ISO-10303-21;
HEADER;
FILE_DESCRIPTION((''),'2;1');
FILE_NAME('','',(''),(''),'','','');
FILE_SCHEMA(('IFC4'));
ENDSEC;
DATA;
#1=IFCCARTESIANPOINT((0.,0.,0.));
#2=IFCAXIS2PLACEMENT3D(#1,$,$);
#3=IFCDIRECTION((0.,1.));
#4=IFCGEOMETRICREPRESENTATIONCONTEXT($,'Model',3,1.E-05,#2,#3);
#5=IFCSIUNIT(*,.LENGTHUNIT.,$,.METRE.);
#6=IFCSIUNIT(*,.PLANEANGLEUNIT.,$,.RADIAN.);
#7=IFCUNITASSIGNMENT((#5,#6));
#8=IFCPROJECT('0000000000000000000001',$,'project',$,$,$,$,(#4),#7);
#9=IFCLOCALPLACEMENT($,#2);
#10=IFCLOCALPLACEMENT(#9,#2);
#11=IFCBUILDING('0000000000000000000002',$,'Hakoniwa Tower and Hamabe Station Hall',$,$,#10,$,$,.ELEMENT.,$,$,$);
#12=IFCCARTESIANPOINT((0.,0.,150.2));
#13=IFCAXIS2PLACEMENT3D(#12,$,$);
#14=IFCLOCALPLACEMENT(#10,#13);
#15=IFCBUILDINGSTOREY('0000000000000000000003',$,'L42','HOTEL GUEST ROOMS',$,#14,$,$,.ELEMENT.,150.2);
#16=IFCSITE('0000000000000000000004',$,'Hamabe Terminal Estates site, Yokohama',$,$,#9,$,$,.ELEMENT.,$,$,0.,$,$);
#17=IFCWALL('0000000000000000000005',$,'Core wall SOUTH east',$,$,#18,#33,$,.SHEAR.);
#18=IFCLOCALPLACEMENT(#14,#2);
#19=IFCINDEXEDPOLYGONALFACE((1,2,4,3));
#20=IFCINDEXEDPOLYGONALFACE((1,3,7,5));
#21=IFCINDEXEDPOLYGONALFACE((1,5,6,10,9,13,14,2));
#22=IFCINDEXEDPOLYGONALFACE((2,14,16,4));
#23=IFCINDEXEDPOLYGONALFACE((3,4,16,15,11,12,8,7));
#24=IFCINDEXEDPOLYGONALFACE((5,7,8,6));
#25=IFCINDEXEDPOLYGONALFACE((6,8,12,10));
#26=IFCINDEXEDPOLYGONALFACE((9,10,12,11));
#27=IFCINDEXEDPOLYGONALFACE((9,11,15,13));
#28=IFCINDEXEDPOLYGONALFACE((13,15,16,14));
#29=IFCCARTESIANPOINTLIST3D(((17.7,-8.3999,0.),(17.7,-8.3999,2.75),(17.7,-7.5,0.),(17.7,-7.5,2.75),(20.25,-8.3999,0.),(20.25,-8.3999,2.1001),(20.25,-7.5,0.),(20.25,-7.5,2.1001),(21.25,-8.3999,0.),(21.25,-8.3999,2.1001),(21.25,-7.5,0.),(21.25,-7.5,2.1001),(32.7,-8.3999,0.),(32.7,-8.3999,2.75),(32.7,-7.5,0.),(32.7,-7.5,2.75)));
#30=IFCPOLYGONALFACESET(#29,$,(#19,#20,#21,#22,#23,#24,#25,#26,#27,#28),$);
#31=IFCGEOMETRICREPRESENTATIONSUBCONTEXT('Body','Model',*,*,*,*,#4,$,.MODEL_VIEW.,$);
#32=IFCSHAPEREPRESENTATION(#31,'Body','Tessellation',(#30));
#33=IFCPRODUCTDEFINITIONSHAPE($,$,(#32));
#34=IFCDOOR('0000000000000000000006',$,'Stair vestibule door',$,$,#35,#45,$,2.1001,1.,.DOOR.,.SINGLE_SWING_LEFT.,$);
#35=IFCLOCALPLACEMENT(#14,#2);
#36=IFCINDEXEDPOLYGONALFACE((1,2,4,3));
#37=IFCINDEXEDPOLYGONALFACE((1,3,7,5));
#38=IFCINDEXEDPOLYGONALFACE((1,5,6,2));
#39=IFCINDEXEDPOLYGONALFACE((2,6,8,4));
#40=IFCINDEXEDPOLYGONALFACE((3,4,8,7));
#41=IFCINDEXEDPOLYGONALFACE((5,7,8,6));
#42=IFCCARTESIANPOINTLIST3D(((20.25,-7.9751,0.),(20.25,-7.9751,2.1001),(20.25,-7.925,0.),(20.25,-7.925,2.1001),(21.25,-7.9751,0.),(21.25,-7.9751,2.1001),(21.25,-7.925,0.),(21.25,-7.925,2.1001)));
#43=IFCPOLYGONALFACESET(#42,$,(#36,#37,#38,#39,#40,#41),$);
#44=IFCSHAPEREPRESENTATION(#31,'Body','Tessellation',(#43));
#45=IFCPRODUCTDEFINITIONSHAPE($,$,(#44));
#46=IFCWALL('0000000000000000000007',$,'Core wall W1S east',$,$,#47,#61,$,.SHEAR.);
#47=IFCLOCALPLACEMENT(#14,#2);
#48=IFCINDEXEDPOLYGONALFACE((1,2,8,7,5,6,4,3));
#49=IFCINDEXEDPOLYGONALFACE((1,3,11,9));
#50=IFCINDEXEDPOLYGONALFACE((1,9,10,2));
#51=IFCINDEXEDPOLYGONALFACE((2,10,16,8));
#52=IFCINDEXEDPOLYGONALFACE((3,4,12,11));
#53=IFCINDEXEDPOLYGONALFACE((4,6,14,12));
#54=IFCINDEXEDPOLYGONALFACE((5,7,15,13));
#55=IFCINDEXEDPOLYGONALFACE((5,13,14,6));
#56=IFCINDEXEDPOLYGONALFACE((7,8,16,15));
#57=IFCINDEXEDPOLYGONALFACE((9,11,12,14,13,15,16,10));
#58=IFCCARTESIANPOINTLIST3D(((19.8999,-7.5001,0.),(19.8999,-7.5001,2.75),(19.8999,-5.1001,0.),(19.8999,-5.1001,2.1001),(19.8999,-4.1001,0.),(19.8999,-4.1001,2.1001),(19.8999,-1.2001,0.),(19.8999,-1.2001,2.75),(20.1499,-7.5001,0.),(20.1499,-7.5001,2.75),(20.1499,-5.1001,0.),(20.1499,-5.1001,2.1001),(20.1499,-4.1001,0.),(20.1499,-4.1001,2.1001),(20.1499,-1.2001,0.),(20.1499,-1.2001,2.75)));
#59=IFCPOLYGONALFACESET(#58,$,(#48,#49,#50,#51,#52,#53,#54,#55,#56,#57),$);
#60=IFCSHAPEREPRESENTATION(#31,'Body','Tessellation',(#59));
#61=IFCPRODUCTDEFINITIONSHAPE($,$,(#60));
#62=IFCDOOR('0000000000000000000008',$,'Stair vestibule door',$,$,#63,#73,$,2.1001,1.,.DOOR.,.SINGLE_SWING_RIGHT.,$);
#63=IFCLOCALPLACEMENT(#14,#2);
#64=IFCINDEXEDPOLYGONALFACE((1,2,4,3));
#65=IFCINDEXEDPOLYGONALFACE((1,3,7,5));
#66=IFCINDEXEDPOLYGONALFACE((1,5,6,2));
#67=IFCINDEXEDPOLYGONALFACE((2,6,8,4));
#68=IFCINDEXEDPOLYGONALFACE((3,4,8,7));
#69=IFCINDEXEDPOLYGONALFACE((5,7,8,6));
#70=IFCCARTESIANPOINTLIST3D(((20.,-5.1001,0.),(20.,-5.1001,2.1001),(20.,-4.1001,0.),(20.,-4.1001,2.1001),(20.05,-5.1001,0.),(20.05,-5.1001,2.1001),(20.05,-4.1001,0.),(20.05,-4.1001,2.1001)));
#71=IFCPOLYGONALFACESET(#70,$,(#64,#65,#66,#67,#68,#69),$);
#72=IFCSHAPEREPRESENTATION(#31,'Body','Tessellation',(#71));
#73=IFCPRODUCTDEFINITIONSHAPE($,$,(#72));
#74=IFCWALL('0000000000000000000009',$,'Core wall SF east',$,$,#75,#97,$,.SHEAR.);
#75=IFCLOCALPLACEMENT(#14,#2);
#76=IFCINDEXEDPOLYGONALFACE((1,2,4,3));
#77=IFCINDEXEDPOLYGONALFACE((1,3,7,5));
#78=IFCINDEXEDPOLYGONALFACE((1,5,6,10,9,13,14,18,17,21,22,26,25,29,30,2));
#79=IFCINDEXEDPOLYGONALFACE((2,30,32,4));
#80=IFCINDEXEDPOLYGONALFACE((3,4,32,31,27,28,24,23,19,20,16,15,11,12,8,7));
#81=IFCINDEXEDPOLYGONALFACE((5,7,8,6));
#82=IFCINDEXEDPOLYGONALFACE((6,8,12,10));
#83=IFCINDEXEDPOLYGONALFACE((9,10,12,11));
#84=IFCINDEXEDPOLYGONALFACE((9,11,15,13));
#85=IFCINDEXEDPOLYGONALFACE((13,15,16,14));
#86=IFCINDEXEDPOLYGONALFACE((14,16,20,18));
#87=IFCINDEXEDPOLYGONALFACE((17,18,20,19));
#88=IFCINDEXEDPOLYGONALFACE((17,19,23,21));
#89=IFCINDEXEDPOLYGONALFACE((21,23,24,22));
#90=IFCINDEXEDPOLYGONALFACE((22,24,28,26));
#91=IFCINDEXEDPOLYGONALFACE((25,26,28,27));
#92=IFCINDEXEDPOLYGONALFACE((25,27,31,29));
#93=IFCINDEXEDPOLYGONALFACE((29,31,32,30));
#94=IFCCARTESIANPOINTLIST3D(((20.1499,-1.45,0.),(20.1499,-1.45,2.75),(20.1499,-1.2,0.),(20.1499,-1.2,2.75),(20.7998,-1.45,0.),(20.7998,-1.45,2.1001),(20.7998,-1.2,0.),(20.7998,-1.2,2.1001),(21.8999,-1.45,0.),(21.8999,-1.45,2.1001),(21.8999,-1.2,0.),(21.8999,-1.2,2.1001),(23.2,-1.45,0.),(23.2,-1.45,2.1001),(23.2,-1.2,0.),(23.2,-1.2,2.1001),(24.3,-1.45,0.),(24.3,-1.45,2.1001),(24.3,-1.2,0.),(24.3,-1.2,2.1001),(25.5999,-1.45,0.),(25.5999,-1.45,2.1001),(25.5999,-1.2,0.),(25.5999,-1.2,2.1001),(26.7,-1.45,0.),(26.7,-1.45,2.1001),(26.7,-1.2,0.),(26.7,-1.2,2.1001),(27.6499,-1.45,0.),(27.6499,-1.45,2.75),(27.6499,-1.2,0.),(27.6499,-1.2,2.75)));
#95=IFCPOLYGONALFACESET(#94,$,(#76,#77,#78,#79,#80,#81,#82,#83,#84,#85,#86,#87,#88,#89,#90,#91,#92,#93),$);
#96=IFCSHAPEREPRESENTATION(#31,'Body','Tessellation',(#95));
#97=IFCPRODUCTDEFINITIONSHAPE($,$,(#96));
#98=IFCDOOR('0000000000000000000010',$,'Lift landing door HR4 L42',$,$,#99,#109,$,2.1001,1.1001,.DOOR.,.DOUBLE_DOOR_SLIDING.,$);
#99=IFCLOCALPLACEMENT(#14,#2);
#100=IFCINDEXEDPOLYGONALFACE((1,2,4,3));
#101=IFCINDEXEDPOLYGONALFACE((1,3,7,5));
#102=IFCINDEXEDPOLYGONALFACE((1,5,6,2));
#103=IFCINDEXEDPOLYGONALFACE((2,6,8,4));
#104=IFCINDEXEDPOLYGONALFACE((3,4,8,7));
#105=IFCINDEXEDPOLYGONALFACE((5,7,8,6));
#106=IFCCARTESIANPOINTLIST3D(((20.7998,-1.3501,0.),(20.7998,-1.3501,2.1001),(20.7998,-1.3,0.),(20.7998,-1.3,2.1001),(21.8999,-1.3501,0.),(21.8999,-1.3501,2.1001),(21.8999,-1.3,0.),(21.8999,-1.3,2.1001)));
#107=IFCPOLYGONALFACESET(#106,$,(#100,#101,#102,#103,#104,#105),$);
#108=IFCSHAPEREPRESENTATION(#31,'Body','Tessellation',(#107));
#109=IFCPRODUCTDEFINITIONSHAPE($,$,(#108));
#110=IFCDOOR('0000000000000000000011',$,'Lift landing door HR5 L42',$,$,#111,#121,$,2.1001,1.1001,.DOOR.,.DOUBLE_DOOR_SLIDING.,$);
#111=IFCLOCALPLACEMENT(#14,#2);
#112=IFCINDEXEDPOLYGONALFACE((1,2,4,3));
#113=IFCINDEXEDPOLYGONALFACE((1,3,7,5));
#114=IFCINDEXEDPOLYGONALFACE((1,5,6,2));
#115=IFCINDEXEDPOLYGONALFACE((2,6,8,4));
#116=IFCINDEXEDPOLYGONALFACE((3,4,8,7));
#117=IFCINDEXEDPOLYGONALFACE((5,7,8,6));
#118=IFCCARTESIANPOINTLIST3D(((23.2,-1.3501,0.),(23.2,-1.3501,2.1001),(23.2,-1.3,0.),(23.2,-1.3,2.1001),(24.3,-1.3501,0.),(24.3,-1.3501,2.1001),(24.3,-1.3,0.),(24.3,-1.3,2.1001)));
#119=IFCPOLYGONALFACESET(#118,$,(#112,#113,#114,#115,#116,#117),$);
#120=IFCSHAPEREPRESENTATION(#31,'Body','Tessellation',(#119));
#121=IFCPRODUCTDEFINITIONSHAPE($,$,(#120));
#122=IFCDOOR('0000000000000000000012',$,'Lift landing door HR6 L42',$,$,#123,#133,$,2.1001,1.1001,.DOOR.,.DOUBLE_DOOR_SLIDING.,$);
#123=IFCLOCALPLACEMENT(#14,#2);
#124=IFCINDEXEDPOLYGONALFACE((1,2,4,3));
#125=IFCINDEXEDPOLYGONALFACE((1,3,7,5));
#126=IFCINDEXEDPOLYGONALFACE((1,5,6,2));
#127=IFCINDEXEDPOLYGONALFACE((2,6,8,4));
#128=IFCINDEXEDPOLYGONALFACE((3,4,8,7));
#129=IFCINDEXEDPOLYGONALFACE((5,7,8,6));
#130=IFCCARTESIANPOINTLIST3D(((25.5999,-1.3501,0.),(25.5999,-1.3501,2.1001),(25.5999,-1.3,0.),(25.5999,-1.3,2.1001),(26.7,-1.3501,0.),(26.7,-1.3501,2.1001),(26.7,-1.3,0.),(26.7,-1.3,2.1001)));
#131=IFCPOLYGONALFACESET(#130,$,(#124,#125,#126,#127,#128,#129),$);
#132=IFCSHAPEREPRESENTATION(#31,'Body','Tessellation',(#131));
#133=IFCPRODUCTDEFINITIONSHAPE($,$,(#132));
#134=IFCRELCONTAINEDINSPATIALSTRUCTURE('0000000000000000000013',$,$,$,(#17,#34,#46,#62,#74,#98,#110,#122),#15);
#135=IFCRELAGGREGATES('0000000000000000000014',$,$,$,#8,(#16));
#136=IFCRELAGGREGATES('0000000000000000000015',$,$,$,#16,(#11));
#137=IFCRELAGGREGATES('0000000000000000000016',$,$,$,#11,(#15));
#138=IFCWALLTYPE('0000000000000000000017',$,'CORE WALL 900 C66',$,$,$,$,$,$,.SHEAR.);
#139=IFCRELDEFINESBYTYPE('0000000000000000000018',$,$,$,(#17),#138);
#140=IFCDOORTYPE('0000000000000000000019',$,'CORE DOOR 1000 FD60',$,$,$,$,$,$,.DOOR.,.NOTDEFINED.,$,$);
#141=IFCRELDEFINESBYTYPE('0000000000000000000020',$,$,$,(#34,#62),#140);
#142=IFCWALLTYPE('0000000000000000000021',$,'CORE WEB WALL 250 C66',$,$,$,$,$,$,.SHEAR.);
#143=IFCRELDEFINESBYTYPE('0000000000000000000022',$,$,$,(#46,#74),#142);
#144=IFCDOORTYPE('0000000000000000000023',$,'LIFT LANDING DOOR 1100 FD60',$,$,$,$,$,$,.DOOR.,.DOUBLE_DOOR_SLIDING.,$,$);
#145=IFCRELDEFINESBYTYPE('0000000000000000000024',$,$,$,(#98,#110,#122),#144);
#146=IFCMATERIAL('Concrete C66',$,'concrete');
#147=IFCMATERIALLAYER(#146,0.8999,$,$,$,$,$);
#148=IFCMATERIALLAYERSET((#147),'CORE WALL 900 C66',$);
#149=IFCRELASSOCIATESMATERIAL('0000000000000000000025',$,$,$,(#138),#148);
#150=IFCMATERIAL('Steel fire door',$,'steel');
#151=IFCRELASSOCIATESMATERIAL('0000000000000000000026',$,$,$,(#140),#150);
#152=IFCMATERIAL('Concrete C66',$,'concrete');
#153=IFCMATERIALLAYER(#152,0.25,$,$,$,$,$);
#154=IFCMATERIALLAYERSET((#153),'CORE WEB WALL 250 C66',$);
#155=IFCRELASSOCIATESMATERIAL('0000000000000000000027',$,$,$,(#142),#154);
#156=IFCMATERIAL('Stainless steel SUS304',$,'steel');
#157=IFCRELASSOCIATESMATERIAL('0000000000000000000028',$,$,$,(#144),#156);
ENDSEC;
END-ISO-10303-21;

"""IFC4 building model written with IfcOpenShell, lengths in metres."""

from ifc_helpers import new_model, si_unit, direction, frame, frame_2d, origin, place, context, subcontext, project, spatial, rectangle, extrude, material, layer, layer_set, type_object, element, fill, save


model = new_model("IFC4")

# Units and contexts
model_context = context("Model", 3, precision=1e-05, world=origin(), true_north=direction((0.0, 1.0)))
body_context = subcontext(model_context, "Body", "Model", "MODEL_VIEW")
ifc_project = project(units=[si_unit("LENGTHUNIT", "METRE"), si_unit("PLANEANGLEUNIT", "RADIAN")], contexts=[model_context])

# Site, building, storey
site_placement = place(None, origin())
site = spatial("IfcSite", under=ifc_project, at=site_placement, Name="Hamabe Terminal Estates site, Yokohama", CompositionType="ELEMENT", RefElevation=0.0)
building_placement = place(site_placement, origin())
building = spatial("IfcBuilding", under=site, at=building_placement, Name="Hakoniwa Tower and Hamabe Station Hall", CompositionType="ELEMENT")
storey_placement = place(building_placement, frame((0.0, 0.0, 150.2)))
storey = spatial("IfcBuildingStorey", under=building, at=storey_placement, Name="L42", Description="HOTEL GUEST ROOMS", CompositionType="ELEMENT", Elevation=150.2)

# Walls, openings, doors
ifc_material_1 = material(Name="Concrete C66", Category="concrete")
ifc_layer_1 = layer(ifc_material_1, 0.8999)
ifc_layer_set_1 = layer_set([ifc_layer_1], Name="CORE WALL 900 C66")
wall_type_1 = type_object("IfcWallType", Name="CORE WALL 900 C66", PredefinedType="SHEAR", material=ifc_layer_set_1)
wall_1_placement = place(storey_placement, frame((17.7, -7.95, 0.0), z_axis=(0.0, 0.0, 1.0), x_axis=(1.0, 0.0, 0.0)))
wall_1 = element("IfcWall", 1, at=wall_1_placement, inside=storey, type_object=wall_type_1, Name="Core wall SOUTH east", PredefinedType="SHEAR", context=body_context, shape_type="SweptSolid", body=[
    extrude(rectangle(XDim=15.0, YDim=0.8999, at=frame_2d((7.5, 0.0))), origin(), (0.0, 0.0, 1.0), 2.75),
])
opening_1_placement = place(wall_1_placement, frame((2.55, 0.0, 0.0)))
opening_1 = element("IfcOpeningElement", 2, at=opening_1_placement, cuts=wall_1, PredefinedType="OPENING", context=body_context, shape_type="SweptSolid", body=[
    extrude(rectangle(XDim=1.0, YDim=2.1001, at=frame_2d((0.5, 1.05))), frame((0.0, 0.46, 0.0), z_axis=(0.0, -1.0, 0.0), x_axis=(1.0, 0.0, 0.0)), (0.0, 0.0, 1.0), 0.9199),
])
ifc_material_2 = material(Name="Steel fire door", Category="steel")
door_type_1 = type_object("IfcDoorType", Name="CORE DOOR 1000 FD60", OperationType="NOTDEFINED", PredefinedType="DOOR", material=ifc_material_2)
door_1_placement = place(opening_1_placement, origin())
door_1 = element("IfcDoor", 3, at=door_1_placement, inside=storey, type_object=door_type_1, Name="Stair vestibule door", OperationType="SINGLE_SWING_LEFT", OverallHeight=2.1001, OverallWidth=1.0, PredefinedType="DOOR", context=body_context, shape_type="SweptSolid", body=[
    extrude(rectangle(XDim=1.0, YDim=2.1001, at=frame_2d((0.5, 1.05))), frame((0.0, 0.0249, 0.0), z_axis=(0.0, -1.0, 0.0), x_axis=(1.0, 0.0, 0.0)), (0.0, 0.0, 1.0), 0.05),
])
fill(opening_1, door_1)
ifc_material_3 = material(Name="Concrete C66", Category="concrete")
ifc_layer_2 = layer(ifc_material_3, 0.25)
ifc_layer_set_2 = layer_set([ifc_layer_2], Name="CORE WEB WALL 250 C66")
wall_type_2 = type_object("IfcWallType", Name="CORE WEB WALL 250 C66", PredefinedType="SHEAR", material=ifc_layer_set_2)
wall_2_placement = place(storey_placement, frame((20.0249, -7.5, 0.0), z_axis=(0.0, 0.0, 1.0), x_axis=(0.0, 1.0, 0.0)))
wall_2 = element("IfcWall", 4, at=wall_2_placement, inside=storey, type_object=wall_type_2, Name="Core wall W1S east", PredefinedType="SHEAR", context=body_context, shape_type="SweptSolid", body=[
    extrude(rectangle(XDim=6.3, YDim=0.25, at=frame_2d((3.1499, 0.0))), origin(), (0.0, 0.0, 1.0), 2.75),
])
opening_2_placement = place(wall_2_placement, frame((2.3999, 0.0, 0.0)))
opening_2 = element("IfcOpeningElement", 5, at=opening_2_placement, cuts=wall_2, PredefinedType="OPENING", context=body_context, shape_type="SweptSolid", body=[
    extrude(rectangle(XDim=1.0, YDim=2.1001, at=frame_2d((0.5, 1.05))), frame((0.0, 0.135, 0.0), z_axis=(0.0, -1.0, 0.0), x_axis=(1.0, 0.0, 0.0)), (0.0, 0.0, 1.0), 0.27),
])
door_2_placement = place(opening_2_placement, origin())
door_2 = element("IfcDoor", 6, at=door_2_placement, inside=storey, type_object=door_type_1, Name="Stair vestibule door", OperationType="SINGLE_SWING_RIGHT", OverallHeight=2.1001, OverallWidth=1.0, PredefinedType="DOOR", context=body_context, shape_type="SweptSolid", body=[
    extrude(rectangle(XDim=1.0, YDim=2.1001, at=frame_2d((0.5, 1.05))), frame((0.0, 0.0249, 0.0), z_axis=(0.0, -1.0, 0.0), x_axis=(1.0, 0.0, 0.0)), (0.0, 0.0, 1.0), 0.05),
])
fill(opening_2, door_2)

# Wall, openings, doors
wall_3_placement = place(storey_placement, frame((20.1499, -1.325, 0.0), z_axis=(0.0, 0.0, 1.0), x_axis=(1.0, 0.0, 0.0)))
wall_3 = element("IfcWall", 7, at=wall_3_placement, inside=storey, type_object=wall_type_2, Name="Core wall SF east", PredefinedType="SHEAR", context=body_context, shape_type="SweptSolid", body=[
    extrude(rectangle(XDim=7.5, YDim=0.25, at=frame_2d((3.75, 0.0))), origin(), (0.0, 0.0, 1.0), 2.75),
])
opening_3_placement = place(wall_3_placement, frame((0.6499, 0.0, 0.0)))
opening_3 = element("IfcOpeningElement", 8, at=opening_3_placement, cuts=wall_3, PredefinedType="OPENING", context=body_context, shape_type="SweptSolid", body=[
    extrude(rectangle(XDim=1.1001, YDim=2.1001, at=frame_2d((0.55, 1.05))), frame((0.0, 0.135, 0.0), z_axis=(0.0, -1.0, 0.0), x_axis=(1.0, 0.0, 0.0)), (0.0, 0.0, 1.0), 0.27),
])
opening_4_placement = place(wall_3_placement, frame((3.05, 0.0, 0.0)))
opening_4 = element("IfcOpeningElement", 9, at=opening_4_placement, cuts=wall_3, PredefinedType="OPENING", context=body_context, shape_type="SweptSolid", body=[
    extrude(rectangle(XDim=1.1001, YDim=2.1001, at=frame_2d((0.55, 1.05))), frame((0.0, 0.135, 0.0), z_axis=(0.0, -1.0, 0.0), x_axis=(1.0, 0.0, 0.0)), (0.0, 0.0, 1.0), 0.27),
])
opening_5_placement = place(wall_3_placement, frame((5.45, 0.0, 0.0)))
opening_5 = element("IfcOpeningElement", 10, at=opening_5_placement, cuts=wall_3, PredefinedType="OPENING", context=body_context, shape_type="SweptSolid", body=[
    extrude(rectangle(XDim=1.1001, YDim=2.1001, at=frame_2d((0.55, 1.05))), frame((0.0, 0.135, 0.0), z_axis=(0.0, -1.0, 0.0), x_axis=(1.0, 0.0, 0.0)), (0.0, 0.0, 1.0), 0.27),
])
ifc_material_4 = material(Name="Stainless steel SUS304", Category="steel")
door_type_2 = type_object("IfcDoorType", Name="LIFT LANDING DOOR 1100 FD60", OperationType="DOUBLE_DOOR_SLIDING", PredefinedType="DOOR", material=ifc_material_4)
door_3_placement = place(opening_3_placement, origin())
door_3 = element("IfcDoor", 11, at=door_3_placement, inside=storey, type_object=door_type_2, Name="Lift landing door HR4 L42", OperationType="DOUBLE_DOOR_SLIDING", OverallHeight=2.1001, OverallWidth=1.1001, PredefinedType="DOOR", context=body_context, shape_type="SweptSolid", body=[
    extrude(rectangle(XDim=1.1001, YDim=2.1001, at=frame_2d((0.55, 1.05))), frame((0.0, 0.0249, 0.0), z_axis=(0.0, -1.0, 0.0), x_axis=(1.0, 0.0, 0.0)), (0.0, 0.0, 1.0), 0.05),
])
fill(opening_3, door_3)
door_4_placement = place(opening_4_placement, origin())
door_4 = element("IfcDoor", 12, at=door_4_placement, inside=storey, type_object=door_type_2, Name="Lift landing door HR5 L42", OperationType="DOUBLE_DOOR_SLIDING", OverallHeight=2.1001, OverallWidth=1.1001, PredefinedType="DOOR", context=body_context, shape_type="SweptSolid", body=[
    extrude(rectangle(XDim=1.1001, YDim=2.1001, at=frame_2d((0.55, 1.05))), frame((0.0, 0.0249, 0.0), z_axis=(0.0, -1.0, 0.0), x_axis=(1.0, 0.0, 0.0)), (0.0, 0.0, 1.0), 0.05),
])
fill(opening_4, door_4)
door_5_placement = place(opening_5_placement, origin())
door_5 = element("IfcDoor", 13, at=door_5_placement, inside=storey, type_object=door_type_2, Name="Lift landing door HR6 L42", OperationType="DOUBLE_DOOR_SLIDING", OverallHeight=2.1001, OverallWidth=1.1001, PredefinedType="DOOR", context=body_context, shape_type="SweptSolid", body=[
    extrude(rectangle(XDim=1.1001, YDim=2.1001, at=frame_2d((0.55, 1.05))), frame((0.0, 0.0249, 0.0), z_axis=(0.0, -1.0, 0.0), x_axis=(1.0, 0.0, 0.0)), (0.0, 0.0, 1.0), 0.05),
])
fill(opening_5, door_5)

save(model, "model.ifc")
